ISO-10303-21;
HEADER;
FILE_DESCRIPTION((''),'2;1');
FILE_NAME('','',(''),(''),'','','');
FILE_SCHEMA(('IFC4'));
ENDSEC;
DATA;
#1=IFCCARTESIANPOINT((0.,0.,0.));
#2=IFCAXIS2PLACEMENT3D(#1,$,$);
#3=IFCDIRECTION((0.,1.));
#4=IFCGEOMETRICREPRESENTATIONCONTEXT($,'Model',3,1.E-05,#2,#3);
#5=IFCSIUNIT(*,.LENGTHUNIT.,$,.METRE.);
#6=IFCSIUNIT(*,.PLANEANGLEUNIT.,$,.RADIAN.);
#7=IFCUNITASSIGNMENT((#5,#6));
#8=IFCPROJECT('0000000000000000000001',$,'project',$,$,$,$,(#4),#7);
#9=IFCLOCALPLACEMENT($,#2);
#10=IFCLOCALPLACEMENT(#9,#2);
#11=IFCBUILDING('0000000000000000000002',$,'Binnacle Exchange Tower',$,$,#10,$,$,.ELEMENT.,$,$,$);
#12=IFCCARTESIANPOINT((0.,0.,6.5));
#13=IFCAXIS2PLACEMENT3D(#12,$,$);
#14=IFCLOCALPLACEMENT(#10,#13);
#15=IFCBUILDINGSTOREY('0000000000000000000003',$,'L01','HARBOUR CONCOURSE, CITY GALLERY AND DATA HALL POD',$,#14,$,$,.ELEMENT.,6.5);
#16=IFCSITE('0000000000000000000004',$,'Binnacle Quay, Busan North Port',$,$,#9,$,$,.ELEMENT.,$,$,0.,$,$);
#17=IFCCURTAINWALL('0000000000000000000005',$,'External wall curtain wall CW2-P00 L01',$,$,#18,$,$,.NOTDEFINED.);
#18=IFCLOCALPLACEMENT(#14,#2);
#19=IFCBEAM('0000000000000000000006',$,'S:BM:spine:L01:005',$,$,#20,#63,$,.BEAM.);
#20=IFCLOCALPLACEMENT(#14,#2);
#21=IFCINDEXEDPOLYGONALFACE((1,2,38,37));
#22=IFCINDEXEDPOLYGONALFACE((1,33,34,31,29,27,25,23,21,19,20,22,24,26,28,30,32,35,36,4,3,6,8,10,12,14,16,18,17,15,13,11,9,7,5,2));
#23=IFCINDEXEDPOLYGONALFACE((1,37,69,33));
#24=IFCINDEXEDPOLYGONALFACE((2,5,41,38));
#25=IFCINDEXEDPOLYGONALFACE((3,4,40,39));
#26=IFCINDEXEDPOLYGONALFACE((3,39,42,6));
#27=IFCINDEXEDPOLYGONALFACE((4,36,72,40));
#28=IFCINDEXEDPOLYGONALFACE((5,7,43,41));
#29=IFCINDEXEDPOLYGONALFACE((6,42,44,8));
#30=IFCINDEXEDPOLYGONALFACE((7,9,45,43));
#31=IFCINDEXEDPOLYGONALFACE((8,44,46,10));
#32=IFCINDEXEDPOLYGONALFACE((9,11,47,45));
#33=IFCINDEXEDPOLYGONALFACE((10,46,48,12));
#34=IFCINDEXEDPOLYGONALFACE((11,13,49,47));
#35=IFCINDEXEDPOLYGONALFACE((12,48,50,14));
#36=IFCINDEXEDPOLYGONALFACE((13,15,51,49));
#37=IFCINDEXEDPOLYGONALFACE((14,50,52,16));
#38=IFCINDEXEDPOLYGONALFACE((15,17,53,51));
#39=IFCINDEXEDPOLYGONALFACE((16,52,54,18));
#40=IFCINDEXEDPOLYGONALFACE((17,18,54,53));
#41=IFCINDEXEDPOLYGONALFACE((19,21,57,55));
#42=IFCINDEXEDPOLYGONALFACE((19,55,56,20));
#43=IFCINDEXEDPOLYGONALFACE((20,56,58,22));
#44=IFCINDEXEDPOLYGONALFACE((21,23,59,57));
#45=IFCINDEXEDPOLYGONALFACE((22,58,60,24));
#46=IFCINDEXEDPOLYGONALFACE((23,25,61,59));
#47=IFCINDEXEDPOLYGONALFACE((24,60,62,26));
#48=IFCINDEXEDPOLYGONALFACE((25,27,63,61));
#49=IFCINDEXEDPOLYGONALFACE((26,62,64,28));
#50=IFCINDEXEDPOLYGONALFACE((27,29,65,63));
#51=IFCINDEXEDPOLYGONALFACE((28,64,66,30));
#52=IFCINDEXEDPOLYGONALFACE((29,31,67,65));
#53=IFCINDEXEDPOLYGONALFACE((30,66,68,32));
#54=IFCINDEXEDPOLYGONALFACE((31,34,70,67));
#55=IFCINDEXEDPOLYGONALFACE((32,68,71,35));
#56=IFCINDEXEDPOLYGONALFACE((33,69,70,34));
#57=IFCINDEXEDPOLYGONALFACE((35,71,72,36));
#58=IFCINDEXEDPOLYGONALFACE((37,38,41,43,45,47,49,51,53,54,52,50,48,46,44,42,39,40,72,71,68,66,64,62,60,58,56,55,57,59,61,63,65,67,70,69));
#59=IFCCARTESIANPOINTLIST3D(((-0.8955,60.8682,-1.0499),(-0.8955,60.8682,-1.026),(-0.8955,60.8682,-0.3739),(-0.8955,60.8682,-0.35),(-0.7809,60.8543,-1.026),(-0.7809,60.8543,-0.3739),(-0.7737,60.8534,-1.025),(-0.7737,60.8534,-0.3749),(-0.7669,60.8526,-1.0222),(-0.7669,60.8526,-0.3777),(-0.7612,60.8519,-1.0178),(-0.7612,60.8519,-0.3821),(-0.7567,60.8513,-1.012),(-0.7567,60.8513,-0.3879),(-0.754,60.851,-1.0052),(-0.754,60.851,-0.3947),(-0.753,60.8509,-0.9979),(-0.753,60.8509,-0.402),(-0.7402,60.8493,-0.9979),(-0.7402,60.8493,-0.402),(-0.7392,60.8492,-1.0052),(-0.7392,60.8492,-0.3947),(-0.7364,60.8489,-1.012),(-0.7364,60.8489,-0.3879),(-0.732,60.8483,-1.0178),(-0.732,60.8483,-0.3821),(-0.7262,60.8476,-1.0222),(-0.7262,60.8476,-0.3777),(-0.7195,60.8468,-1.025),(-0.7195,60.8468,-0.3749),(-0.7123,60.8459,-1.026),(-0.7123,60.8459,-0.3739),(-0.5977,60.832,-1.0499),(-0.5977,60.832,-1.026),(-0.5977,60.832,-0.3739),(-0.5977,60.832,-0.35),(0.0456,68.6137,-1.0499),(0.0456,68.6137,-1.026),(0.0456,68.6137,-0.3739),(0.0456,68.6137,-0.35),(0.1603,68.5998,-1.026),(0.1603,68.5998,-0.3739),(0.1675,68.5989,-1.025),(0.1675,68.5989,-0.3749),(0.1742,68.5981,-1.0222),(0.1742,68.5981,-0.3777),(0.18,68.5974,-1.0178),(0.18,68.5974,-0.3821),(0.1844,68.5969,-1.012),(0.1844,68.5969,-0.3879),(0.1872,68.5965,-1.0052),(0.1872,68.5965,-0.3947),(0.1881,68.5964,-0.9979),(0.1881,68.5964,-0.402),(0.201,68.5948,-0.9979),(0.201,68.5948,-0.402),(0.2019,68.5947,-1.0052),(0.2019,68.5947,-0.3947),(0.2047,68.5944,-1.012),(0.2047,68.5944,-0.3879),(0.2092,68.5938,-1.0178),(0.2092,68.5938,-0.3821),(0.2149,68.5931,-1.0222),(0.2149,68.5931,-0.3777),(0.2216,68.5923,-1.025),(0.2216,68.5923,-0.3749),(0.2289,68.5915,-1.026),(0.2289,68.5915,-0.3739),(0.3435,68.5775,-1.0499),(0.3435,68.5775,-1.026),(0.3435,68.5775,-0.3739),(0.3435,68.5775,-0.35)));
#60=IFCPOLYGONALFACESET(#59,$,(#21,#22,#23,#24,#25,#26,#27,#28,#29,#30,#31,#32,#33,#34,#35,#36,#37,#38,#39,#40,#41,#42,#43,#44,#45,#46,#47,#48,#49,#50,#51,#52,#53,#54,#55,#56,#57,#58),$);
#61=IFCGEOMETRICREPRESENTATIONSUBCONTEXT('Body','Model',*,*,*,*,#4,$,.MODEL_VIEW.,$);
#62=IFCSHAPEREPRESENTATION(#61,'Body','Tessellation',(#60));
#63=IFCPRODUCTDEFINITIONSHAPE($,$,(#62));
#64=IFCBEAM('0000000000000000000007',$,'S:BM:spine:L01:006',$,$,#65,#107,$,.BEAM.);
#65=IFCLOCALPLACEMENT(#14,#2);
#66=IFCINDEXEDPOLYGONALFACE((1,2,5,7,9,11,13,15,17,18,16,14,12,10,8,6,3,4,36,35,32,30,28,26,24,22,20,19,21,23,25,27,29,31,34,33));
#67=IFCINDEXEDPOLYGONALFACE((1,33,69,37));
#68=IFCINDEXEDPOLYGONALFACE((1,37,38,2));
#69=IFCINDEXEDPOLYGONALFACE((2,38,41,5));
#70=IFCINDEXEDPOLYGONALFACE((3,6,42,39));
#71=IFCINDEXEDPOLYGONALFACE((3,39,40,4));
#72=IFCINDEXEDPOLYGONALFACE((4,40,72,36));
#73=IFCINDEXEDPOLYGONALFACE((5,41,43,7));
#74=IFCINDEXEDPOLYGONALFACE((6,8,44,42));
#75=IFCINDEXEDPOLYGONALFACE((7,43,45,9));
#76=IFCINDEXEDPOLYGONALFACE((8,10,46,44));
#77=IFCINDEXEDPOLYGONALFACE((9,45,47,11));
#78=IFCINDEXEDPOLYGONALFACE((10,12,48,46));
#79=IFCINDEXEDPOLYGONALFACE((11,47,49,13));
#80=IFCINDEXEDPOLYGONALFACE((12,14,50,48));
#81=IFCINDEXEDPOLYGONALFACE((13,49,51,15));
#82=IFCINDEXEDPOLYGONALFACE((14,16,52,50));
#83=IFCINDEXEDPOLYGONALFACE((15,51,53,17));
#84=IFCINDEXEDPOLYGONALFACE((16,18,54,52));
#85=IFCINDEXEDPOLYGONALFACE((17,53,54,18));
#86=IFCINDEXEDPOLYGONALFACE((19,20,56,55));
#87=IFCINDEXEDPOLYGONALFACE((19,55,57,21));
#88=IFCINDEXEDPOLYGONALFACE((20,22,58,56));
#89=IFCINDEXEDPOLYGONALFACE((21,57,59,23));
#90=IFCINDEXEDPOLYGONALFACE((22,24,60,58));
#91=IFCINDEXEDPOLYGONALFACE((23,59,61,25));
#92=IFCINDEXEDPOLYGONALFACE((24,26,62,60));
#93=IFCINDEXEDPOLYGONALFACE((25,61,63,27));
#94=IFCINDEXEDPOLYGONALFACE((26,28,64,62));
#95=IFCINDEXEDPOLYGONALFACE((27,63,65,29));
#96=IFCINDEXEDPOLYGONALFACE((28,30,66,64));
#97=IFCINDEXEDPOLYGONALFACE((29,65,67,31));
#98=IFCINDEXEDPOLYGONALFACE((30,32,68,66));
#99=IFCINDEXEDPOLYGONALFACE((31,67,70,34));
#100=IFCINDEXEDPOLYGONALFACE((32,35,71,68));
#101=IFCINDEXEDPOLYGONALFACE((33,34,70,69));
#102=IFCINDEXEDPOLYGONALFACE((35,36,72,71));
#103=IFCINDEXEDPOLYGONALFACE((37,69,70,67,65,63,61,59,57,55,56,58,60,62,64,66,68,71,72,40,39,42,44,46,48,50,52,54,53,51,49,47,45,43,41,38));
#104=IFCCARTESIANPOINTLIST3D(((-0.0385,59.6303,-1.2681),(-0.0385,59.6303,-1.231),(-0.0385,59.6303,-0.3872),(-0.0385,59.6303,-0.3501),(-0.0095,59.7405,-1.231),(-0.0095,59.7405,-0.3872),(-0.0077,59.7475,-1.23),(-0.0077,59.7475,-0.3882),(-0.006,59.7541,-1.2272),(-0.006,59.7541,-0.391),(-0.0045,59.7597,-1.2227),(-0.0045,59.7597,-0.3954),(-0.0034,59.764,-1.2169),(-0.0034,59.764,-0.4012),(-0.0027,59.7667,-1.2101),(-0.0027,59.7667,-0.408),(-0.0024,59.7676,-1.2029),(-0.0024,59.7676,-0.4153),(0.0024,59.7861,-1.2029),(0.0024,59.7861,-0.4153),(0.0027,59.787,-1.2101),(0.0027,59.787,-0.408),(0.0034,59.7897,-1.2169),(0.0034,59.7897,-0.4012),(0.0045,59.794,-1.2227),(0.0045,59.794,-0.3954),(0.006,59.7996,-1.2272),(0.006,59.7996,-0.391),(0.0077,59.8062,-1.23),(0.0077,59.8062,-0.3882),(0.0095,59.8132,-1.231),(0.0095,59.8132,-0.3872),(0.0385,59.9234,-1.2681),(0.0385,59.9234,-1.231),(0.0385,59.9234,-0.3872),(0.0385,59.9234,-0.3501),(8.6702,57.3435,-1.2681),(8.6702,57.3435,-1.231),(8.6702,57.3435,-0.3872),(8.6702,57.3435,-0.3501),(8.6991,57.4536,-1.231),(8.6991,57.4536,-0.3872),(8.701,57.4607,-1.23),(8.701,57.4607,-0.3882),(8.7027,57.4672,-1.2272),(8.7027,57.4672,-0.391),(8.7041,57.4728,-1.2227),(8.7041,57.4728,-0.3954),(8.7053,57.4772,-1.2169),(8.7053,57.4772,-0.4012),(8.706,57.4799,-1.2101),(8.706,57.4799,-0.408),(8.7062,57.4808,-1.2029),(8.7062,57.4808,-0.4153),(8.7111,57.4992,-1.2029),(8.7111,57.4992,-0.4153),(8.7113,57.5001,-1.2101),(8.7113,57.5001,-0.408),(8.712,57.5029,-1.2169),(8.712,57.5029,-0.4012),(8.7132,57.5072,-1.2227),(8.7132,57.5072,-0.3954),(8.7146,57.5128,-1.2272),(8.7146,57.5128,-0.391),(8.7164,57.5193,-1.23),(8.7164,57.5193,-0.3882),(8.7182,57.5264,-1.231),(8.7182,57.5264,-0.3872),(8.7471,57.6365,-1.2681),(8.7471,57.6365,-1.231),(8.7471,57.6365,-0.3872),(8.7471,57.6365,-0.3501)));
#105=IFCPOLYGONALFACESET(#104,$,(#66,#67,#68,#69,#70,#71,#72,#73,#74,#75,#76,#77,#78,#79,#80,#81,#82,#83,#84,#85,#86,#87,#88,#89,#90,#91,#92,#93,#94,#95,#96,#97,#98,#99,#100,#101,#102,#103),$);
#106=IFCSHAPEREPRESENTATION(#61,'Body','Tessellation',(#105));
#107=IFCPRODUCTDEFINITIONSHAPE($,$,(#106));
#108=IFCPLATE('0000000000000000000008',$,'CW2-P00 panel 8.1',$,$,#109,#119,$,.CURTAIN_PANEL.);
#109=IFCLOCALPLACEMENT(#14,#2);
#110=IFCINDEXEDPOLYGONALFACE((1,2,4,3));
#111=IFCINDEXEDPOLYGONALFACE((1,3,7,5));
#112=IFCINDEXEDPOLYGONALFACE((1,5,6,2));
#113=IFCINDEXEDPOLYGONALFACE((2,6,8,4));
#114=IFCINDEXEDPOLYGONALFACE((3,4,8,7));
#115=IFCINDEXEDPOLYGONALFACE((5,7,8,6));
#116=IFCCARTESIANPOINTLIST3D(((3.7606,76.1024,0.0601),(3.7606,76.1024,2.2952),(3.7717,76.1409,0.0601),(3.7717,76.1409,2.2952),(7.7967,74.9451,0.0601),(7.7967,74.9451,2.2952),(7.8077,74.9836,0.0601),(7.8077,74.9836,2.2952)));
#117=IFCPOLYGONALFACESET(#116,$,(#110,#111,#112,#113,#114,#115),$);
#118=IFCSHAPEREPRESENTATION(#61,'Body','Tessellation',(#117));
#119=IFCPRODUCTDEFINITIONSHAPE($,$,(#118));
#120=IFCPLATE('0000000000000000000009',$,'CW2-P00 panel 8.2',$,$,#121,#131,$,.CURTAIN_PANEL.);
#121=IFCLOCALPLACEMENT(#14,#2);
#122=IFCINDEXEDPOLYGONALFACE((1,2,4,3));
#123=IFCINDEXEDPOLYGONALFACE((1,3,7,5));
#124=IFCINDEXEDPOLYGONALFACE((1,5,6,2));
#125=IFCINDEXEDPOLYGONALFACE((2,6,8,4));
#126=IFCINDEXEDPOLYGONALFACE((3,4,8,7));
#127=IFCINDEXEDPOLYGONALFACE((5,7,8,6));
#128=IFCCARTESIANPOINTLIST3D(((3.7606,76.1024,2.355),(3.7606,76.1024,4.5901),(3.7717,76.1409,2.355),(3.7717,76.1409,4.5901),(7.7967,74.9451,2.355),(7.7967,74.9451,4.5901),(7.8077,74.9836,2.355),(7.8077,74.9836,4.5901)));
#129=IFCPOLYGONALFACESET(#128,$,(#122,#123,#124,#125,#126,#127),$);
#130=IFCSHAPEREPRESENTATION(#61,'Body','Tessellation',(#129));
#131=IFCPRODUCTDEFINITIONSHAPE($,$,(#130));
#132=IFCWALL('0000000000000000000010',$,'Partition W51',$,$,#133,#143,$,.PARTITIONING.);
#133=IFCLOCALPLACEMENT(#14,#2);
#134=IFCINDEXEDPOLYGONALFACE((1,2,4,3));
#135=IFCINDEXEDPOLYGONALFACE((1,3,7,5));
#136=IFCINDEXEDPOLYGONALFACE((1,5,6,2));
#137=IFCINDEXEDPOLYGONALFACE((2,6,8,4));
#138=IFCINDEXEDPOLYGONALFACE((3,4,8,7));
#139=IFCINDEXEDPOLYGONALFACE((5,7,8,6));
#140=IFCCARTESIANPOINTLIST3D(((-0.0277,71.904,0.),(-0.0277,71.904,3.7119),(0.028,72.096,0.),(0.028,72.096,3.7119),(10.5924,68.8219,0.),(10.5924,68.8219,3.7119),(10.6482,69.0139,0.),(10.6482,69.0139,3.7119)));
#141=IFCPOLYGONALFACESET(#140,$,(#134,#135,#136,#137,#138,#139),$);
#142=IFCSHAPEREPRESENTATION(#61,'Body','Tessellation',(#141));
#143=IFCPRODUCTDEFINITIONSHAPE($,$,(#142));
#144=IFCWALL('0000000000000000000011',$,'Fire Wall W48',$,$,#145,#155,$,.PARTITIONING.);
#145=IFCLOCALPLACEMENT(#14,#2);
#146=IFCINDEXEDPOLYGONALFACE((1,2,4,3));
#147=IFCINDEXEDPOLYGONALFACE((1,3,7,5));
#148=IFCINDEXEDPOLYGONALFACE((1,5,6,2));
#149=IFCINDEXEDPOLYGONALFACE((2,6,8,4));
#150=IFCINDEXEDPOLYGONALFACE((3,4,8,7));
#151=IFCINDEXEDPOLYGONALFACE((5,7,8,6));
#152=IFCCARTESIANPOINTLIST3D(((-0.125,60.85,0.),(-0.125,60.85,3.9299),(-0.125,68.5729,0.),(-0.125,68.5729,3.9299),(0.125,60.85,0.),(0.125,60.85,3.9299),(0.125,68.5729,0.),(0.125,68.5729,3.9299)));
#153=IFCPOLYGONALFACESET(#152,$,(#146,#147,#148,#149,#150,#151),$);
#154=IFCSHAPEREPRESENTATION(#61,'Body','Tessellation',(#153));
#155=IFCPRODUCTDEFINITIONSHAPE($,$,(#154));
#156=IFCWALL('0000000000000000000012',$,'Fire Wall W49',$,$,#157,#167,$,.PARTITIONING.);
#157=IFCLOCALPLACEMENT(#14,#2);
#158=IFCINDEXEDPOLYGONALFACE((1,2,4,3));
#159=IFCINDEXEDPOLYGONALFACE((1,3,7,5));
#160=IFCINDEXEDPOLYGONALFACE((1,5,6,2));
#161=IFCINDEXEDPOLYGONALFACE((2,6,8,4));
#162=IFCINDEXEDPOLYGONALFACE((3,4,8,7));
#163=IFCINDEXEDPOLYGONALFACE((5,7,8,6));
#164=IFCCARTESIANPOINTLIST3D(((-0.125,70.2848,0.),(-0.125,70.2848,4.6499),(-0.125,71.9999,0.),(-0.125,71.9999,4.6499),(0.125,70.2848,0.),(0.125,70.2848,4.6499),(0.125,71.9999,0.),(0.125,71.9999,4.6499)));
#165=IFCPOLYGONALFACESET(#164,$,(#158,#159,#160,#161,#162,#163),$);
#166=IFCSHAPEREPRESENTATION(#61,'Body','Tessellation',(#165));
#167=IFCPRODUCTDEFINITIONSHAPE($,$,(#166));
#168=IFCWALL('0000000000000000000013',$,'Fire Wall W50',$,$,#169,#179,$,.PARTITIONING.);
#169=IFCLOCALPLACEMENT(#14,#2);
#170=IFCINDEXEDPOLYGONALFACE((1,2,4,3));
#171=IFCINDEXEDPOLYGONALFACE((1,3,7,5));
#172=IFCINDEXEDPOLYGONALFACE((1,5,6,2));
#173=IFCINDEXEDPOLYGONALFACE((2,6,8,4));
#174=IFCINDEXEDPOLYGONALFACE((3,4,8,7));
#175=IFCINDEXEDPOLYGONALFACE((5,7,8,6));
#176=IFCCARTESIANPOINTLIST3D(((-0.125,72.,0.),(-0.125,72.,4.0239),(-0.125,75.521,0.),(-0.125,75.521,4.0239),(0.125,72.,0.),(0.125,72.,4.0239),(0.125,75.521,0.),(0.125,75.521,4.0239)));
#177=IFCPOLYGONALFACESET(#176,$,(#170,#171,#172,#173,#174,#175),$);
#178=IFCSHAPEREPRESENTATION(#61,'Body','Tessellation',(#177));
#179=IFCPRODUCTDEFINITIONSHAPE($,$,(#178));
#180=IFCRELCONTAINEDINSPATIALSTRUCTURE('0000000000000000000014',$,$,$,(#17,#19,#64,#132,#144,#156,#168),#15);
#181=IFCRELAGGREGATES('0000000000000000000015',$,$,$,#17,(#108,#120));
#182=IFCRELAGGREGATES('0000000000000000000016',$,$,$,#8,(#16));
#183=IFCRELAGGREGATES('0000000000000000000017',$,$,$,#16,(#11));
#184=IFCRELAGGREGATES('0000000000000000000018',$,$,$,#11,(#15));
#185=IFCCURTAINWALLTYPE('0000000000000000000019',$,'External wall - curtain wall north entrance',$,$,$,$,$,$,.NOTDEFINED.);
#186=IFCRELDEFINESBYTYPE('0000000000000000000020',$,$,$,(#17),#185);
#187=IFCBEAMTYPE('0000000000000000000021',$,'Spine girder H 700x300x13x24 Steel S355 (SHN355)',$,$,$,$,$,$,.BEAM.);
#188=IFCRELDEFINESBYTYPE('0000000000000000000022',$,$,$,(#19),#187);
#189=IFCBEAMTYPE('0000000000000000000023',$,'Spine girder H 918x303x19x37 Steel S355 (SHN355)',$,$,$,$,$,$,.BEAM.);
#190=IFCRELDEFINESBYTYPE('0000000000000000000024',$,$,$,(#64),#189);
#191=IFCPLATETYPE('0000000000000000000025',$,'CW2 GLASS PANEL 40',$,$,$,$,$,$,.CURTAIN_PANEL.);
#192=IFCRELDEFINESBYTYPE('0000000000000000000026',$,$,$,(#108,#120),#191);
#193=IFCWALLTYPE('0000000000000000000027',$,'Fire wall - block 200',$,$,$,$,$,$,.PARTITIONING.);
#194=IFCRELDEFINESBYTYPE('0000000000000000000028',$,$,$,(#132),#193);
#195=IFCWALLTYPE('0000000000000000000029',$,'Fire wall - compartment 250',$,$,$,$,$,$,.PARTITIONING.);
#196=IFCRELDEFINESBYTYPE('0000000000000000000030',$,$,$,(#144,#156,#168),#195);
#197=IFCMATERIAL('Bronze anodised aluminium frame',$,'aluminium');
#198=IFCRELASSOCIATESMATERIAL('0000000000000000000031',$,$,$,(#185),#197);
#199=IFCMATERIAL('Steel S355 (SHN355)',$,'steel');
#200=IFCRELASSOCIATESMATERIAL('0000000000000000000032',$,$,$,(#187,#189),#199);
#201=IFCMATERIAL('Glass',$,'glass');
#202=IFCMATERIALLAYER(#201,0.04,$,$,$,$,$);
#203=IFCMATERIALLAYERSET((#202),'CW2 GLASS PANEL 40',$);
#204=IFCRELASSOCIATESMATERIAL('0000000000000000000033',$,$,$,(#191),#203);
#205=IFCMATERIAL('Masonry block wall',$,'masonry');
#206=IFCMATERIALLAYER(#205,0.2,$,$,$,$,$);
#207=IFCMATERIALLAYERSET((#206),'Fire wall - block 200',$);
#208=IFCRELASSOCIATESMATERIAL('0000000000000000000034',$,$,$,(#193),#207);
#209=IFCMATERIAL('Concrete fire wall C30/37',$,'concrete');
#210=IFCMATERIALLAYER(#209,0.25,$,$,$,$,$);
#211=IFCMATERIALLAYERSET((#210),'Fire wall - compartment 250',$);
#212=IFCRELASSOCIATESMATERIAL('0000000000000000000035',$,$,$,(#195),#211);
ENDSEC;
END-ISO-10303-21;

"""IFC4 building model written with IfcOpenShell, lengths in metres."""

from ifc_helpers import new_model, si_unit, direction, frame, frame_2d, origin, origin_2d, place, context, subcontext, project, spatial, rectangle, i_section, extrude, material, layer, layer_set, material_profile, profile_set, type_object, element, aggregate, save


model = new_model("IFC4")

# Units and contexts
model_context = context("Model", 3, precision=1e-05, world=origin(), true_north=direction((0.0, 1.0)))
body_context = subcontext(model_context, "Body", "Model", "MODEL_VIEW")
ifc_project = project(units=[si_unit("LENGTHUNIT", "METRE"), si_unit("PLANEANGLEUNIT", "RADIAN")], contexts=[model_context])

# Site, building, storey
site_placement = place(None, origin())
site = spatial("IfcSite", under=ifc_project, at=site_placement, Name="Binnacle Quay, Busan North Port", CompositionType="ELEMENT", RefElevation=0.0)
building_placement = place(site_placement, origin())
building = spatial("IfcBuilding", under=site, at=building_placement, Name="Binnacle Exchange Tower", CompositionType="ELEMENT")
storey_placement = place(building_placement, frame((0.0, 0.0, 6.5)))
storey = spatial("IfcBuildingStorey", under=building, at=storey_placement, Name="L01", Description="HARBOUR CONCOURSE, CITY GALLERY AND DATA HALL POD", CompositionType="ELEMENT", Elevation=6.5)

# Curtain wall
ifc_material_1 = material(Name="Bronze anodised aluminium frame", Category="aluminium")
curtain_wall_type = type_object("IfcCurtainWallType", Name="External wall - curtain wall north entrance", PredefinedType="NOTDEFINED", material=ifc_material_1)
curtain_wall_placement = place(storey_placement, origin())
curtain_wall = element("IfcCurtainWall", 1, at=curtain_wall_placement, inside=storey, type_object=curtain_wall_type, Name="External wall curtain wall CW2-P00 L01", PredefinedType="NOTDEFINED")

# Beams
ifc_material_2 = material(Name="Steel S355 (SHN355)", Category="steel")
ifc_material_profile_1 = material_profile(ifc_material_2, i_section(OverallWidth=0.3, OverallDepth=0.7, WebThickness=0.0129, FlangeThickness=0.0239, FilletRadius=0.0281, at=origin_2d()), Name="H 700x300x13x24")
ifc_profile_set_1 = profile_set([ifc_material_profile_1], Name="Steel S355 (SHN355)")
beam_type_1 = type_object("IfcBeamType", Name="Spine girder H 700x300x13x24 Steel S355 (SHN355)", PredefinedType="BEAM", material=ifc_profile_set_1)
beam_1_placement = place(storey_placement, frame((-0.7466, 60.8501, -0.7), z_axis=(0.120622, 0.992699, 0.0), x_axis=(-0.992699, 0.120622, 0.0)))
element("IfcBeam", 2, at=beam_1_placement, inside=storey, type_object=beam_type_1, Name="S:BM:spine:L01:005", PredefinedType="BEAM", context=body_context, shape_type="SweptSolid", body=[
    extrude(i_section(OverallWidth=0.3, OverallDepth=0.7, WebThickness=0.0129, FlangeThickness=0.0239, FilletRadius=0.0281, at=origin_2d()), origin(), (0.0, 0.0, 1.0), 7.8025),
])
ifc_material_profile_2 = material_profile(ifc_material_2, i_section(OverallWidth=0.303, OverallDepth=0.918, WebThickness=0.019, FlangeThickness=0.0371, FilletRadius=0.0281, at=origin_2d()), Name="H 918x303x19x37")
ifc_profile_set_2 = profile_set([ifc_material_profile_2], Name="Steel S355 (SHN355)")
beam_type_2 = type_object("IfcBeamType", Name="Spine girder H 918x303x19x37 Steel S355 (SHN355)", PredefinedType="BEAM", material=ifc_profile_set_2)
beam_2_placement = place(storey_placement, frame((0.0, 59.7769, -0.8091), z_axis=(0.967209, -0.253983, 0.0), x_axis=(0.253983, 0.967209, 0.0)))
element("IfcBeam", 3, at=beam_2_placement, inside=storey, type_object=beam_type_2, Name="S:BM:spine:L01:006", PredefinedType="BEAM", context=body_context, shape_type="SweptSolid", body=[
    extrude(i_section(OverallWidth=0.303, OverallDepth=0.918, WebThickness=0.019, FlangeThickness=0.0371, FilletRadius=0.0281, at=origin_2d()), origin(), (0.0, 0.0, 1.0), 9.0039),
])

# Plates
ifc_material_3 = material(Name="Glass", Category="glass")
ifc_layer_1 = layer(ifc_material_3, 0.04)
ifc_layer_set_1 = layer_set([ifc_layer_1], Name="CW2 GLASS PANEL 40")
plate_type = type_object("IfcPlateType", Name="CW2 GLASS PANEL 40", PredefinedType="CURTAIN_PANEL", material=ifc_layer_set_1)
plate_1_placement = place(storey_placement, frame((5.7842, 75.543, 0.0601), z_axis=(0.0, 0.0, 1.0), x_axis=(-0.961262, 0.275637, 0.0)))
plate_1 = element("IfcPlate", 4, at=plate_1_placement, type_object=plate_type, Name="CW2-P00 panel 8.1", PredefinedType="CURTAIN_PANEL", context=body_context, shape_type="SweptSolid", body=[
    extrude(rectangle(XDim=4.1987, YDim=0.04, at=origin_2d()), origin(), (0.0, 0.0, 1.0), 2.2351),
])
plate_2_placement = place(storey_placement, frame((5.7842, 75.543, 2.355), z_axis=(0.0, 0.0, 1.0), x_axis=(-0.961262, 0.275637, 0.0)))
plate_2 = element("IfcPlate", 5, at=plate_2_placement, type_object=plate_type, Name="CW2-P00 panel 8.2", PredefinedType="CURTAIN_PANEL", context=body_context, shape_type="SweptSolid", body=[
    extrude(rectangle(XDim=4.1987, YDim=0.04, at=origin_2d()), origin(), (0.0, 0.0, 1.0), 2.2351),
])
aggregate(curtain_wall, [plate_1, plate_2])

# Walls
ifc_material_4 = material(Name="Masonry block wall", Category="masonry")
ifc_layer_2 = layer(ifc_material_4, 0.2)
ifc_layer_set_2 = layer_set([ifc_layer_2], Name="Fire wall - block 200")
wall_type_1 = type_object("IfcWallType", Name="Fire wall - block 200", PredefinedType="PARTITIONING", material=ifc_layer_set_2)
wall_1_placement = place(storey_placement, frame((0.0, 72.0, 0.0), z_axis=(0.0, 0.0, 1.0), x_axis=(0.960376, -0.278708, 0.0)))
element("IfcWall", 6, at=wall_1_placement, inside=storey, type_object=wall_type_1, Name="Partition W51", PredefinedType="PARTITIONING", context=body_context, shape_type="SweptSolid", body=[
    extrude(rectangle(XDim=11.0583, YDim=0.2, at=frame_2d((5.5293, 0.0))), origin(), (0.0, 0.0, 1.0), 3.7119),
])
ifc_material_5 = material(Name="Concrete fire wall C30/37", Category="concrete")
ifc_layer_3 = layer(ifc_material_5, 0.25)
ifc_layer_set_3 = layer_set([ifc_layer_3], Name="Fire wall - compartment 250")
wall_type_2 = type_object("IfcWallType", Name="Fire wall - compartment 250", PredefinedType="PARTITIONING", material=ifc_layer_set_3)
wall_2_placement = place(storey_placement, frame((0.0, 60.8501, 0.0), z_axis=(0.0, 0.0, 1.0), x_axis=(0.0, 1.0, 0.0)))
element("IfcWall", 7, at=wall_2_placement, inside=storey, type_object=wall_type_2, Name="Fire Wall W48", PredefinedType="PARTITIONING", context=body_context, shape_type="SweptSolid", body=[
    extrude(rectangle(XDim=7.7229, YDim=0.25, at=frame_2d((3.8613, 0.0))), origin(), (0.0, 0.0, 1.0), 3.9299),
])
wall_3_placement = place(storey_placement, frame((0.0, 70.2849, 0.0), z_axis=(0.0, 0.0, 1.0), x_axis=(0.0, 1.0, 0.0)))
element("IfcWall", 8, at=wall_3_placement, inside=storey, type_object=wall_type_2, Name="Fire Wall W49", PredefinedType="PARTITIONING", context=body_context, shape_type="SweptSolid", body=[
    extrude(rectangle(XDim=1.7151, YDim=0.25, at=frame_2d((0.8574, 0.0))), origin(), (0.0, 0.0, 1.0), 4.6499),
])
wall_4_placement = place(storey_placement, frame((0.0, 72.0, 0.0), z_axis=(0.0, 0.0, 1.0), x_axis=(0.0, 1.0, 0.0)))
element("IfcWall", 9, at=wall_4_placement, inside=storey, type_object=wall_type_2, Name="Fire Wall W50", PredefinedType="PARTITIONING", context=body_context, shape_type="SweptSolid", body=[
    extrude(rectangle(XDim=3.521, YDim=0.25, at=frame_2d((1.7605, 0.0))), origin(), (0.0, 0.0, 1.0), 4.0239),
])

save(model, "model.ifc")
